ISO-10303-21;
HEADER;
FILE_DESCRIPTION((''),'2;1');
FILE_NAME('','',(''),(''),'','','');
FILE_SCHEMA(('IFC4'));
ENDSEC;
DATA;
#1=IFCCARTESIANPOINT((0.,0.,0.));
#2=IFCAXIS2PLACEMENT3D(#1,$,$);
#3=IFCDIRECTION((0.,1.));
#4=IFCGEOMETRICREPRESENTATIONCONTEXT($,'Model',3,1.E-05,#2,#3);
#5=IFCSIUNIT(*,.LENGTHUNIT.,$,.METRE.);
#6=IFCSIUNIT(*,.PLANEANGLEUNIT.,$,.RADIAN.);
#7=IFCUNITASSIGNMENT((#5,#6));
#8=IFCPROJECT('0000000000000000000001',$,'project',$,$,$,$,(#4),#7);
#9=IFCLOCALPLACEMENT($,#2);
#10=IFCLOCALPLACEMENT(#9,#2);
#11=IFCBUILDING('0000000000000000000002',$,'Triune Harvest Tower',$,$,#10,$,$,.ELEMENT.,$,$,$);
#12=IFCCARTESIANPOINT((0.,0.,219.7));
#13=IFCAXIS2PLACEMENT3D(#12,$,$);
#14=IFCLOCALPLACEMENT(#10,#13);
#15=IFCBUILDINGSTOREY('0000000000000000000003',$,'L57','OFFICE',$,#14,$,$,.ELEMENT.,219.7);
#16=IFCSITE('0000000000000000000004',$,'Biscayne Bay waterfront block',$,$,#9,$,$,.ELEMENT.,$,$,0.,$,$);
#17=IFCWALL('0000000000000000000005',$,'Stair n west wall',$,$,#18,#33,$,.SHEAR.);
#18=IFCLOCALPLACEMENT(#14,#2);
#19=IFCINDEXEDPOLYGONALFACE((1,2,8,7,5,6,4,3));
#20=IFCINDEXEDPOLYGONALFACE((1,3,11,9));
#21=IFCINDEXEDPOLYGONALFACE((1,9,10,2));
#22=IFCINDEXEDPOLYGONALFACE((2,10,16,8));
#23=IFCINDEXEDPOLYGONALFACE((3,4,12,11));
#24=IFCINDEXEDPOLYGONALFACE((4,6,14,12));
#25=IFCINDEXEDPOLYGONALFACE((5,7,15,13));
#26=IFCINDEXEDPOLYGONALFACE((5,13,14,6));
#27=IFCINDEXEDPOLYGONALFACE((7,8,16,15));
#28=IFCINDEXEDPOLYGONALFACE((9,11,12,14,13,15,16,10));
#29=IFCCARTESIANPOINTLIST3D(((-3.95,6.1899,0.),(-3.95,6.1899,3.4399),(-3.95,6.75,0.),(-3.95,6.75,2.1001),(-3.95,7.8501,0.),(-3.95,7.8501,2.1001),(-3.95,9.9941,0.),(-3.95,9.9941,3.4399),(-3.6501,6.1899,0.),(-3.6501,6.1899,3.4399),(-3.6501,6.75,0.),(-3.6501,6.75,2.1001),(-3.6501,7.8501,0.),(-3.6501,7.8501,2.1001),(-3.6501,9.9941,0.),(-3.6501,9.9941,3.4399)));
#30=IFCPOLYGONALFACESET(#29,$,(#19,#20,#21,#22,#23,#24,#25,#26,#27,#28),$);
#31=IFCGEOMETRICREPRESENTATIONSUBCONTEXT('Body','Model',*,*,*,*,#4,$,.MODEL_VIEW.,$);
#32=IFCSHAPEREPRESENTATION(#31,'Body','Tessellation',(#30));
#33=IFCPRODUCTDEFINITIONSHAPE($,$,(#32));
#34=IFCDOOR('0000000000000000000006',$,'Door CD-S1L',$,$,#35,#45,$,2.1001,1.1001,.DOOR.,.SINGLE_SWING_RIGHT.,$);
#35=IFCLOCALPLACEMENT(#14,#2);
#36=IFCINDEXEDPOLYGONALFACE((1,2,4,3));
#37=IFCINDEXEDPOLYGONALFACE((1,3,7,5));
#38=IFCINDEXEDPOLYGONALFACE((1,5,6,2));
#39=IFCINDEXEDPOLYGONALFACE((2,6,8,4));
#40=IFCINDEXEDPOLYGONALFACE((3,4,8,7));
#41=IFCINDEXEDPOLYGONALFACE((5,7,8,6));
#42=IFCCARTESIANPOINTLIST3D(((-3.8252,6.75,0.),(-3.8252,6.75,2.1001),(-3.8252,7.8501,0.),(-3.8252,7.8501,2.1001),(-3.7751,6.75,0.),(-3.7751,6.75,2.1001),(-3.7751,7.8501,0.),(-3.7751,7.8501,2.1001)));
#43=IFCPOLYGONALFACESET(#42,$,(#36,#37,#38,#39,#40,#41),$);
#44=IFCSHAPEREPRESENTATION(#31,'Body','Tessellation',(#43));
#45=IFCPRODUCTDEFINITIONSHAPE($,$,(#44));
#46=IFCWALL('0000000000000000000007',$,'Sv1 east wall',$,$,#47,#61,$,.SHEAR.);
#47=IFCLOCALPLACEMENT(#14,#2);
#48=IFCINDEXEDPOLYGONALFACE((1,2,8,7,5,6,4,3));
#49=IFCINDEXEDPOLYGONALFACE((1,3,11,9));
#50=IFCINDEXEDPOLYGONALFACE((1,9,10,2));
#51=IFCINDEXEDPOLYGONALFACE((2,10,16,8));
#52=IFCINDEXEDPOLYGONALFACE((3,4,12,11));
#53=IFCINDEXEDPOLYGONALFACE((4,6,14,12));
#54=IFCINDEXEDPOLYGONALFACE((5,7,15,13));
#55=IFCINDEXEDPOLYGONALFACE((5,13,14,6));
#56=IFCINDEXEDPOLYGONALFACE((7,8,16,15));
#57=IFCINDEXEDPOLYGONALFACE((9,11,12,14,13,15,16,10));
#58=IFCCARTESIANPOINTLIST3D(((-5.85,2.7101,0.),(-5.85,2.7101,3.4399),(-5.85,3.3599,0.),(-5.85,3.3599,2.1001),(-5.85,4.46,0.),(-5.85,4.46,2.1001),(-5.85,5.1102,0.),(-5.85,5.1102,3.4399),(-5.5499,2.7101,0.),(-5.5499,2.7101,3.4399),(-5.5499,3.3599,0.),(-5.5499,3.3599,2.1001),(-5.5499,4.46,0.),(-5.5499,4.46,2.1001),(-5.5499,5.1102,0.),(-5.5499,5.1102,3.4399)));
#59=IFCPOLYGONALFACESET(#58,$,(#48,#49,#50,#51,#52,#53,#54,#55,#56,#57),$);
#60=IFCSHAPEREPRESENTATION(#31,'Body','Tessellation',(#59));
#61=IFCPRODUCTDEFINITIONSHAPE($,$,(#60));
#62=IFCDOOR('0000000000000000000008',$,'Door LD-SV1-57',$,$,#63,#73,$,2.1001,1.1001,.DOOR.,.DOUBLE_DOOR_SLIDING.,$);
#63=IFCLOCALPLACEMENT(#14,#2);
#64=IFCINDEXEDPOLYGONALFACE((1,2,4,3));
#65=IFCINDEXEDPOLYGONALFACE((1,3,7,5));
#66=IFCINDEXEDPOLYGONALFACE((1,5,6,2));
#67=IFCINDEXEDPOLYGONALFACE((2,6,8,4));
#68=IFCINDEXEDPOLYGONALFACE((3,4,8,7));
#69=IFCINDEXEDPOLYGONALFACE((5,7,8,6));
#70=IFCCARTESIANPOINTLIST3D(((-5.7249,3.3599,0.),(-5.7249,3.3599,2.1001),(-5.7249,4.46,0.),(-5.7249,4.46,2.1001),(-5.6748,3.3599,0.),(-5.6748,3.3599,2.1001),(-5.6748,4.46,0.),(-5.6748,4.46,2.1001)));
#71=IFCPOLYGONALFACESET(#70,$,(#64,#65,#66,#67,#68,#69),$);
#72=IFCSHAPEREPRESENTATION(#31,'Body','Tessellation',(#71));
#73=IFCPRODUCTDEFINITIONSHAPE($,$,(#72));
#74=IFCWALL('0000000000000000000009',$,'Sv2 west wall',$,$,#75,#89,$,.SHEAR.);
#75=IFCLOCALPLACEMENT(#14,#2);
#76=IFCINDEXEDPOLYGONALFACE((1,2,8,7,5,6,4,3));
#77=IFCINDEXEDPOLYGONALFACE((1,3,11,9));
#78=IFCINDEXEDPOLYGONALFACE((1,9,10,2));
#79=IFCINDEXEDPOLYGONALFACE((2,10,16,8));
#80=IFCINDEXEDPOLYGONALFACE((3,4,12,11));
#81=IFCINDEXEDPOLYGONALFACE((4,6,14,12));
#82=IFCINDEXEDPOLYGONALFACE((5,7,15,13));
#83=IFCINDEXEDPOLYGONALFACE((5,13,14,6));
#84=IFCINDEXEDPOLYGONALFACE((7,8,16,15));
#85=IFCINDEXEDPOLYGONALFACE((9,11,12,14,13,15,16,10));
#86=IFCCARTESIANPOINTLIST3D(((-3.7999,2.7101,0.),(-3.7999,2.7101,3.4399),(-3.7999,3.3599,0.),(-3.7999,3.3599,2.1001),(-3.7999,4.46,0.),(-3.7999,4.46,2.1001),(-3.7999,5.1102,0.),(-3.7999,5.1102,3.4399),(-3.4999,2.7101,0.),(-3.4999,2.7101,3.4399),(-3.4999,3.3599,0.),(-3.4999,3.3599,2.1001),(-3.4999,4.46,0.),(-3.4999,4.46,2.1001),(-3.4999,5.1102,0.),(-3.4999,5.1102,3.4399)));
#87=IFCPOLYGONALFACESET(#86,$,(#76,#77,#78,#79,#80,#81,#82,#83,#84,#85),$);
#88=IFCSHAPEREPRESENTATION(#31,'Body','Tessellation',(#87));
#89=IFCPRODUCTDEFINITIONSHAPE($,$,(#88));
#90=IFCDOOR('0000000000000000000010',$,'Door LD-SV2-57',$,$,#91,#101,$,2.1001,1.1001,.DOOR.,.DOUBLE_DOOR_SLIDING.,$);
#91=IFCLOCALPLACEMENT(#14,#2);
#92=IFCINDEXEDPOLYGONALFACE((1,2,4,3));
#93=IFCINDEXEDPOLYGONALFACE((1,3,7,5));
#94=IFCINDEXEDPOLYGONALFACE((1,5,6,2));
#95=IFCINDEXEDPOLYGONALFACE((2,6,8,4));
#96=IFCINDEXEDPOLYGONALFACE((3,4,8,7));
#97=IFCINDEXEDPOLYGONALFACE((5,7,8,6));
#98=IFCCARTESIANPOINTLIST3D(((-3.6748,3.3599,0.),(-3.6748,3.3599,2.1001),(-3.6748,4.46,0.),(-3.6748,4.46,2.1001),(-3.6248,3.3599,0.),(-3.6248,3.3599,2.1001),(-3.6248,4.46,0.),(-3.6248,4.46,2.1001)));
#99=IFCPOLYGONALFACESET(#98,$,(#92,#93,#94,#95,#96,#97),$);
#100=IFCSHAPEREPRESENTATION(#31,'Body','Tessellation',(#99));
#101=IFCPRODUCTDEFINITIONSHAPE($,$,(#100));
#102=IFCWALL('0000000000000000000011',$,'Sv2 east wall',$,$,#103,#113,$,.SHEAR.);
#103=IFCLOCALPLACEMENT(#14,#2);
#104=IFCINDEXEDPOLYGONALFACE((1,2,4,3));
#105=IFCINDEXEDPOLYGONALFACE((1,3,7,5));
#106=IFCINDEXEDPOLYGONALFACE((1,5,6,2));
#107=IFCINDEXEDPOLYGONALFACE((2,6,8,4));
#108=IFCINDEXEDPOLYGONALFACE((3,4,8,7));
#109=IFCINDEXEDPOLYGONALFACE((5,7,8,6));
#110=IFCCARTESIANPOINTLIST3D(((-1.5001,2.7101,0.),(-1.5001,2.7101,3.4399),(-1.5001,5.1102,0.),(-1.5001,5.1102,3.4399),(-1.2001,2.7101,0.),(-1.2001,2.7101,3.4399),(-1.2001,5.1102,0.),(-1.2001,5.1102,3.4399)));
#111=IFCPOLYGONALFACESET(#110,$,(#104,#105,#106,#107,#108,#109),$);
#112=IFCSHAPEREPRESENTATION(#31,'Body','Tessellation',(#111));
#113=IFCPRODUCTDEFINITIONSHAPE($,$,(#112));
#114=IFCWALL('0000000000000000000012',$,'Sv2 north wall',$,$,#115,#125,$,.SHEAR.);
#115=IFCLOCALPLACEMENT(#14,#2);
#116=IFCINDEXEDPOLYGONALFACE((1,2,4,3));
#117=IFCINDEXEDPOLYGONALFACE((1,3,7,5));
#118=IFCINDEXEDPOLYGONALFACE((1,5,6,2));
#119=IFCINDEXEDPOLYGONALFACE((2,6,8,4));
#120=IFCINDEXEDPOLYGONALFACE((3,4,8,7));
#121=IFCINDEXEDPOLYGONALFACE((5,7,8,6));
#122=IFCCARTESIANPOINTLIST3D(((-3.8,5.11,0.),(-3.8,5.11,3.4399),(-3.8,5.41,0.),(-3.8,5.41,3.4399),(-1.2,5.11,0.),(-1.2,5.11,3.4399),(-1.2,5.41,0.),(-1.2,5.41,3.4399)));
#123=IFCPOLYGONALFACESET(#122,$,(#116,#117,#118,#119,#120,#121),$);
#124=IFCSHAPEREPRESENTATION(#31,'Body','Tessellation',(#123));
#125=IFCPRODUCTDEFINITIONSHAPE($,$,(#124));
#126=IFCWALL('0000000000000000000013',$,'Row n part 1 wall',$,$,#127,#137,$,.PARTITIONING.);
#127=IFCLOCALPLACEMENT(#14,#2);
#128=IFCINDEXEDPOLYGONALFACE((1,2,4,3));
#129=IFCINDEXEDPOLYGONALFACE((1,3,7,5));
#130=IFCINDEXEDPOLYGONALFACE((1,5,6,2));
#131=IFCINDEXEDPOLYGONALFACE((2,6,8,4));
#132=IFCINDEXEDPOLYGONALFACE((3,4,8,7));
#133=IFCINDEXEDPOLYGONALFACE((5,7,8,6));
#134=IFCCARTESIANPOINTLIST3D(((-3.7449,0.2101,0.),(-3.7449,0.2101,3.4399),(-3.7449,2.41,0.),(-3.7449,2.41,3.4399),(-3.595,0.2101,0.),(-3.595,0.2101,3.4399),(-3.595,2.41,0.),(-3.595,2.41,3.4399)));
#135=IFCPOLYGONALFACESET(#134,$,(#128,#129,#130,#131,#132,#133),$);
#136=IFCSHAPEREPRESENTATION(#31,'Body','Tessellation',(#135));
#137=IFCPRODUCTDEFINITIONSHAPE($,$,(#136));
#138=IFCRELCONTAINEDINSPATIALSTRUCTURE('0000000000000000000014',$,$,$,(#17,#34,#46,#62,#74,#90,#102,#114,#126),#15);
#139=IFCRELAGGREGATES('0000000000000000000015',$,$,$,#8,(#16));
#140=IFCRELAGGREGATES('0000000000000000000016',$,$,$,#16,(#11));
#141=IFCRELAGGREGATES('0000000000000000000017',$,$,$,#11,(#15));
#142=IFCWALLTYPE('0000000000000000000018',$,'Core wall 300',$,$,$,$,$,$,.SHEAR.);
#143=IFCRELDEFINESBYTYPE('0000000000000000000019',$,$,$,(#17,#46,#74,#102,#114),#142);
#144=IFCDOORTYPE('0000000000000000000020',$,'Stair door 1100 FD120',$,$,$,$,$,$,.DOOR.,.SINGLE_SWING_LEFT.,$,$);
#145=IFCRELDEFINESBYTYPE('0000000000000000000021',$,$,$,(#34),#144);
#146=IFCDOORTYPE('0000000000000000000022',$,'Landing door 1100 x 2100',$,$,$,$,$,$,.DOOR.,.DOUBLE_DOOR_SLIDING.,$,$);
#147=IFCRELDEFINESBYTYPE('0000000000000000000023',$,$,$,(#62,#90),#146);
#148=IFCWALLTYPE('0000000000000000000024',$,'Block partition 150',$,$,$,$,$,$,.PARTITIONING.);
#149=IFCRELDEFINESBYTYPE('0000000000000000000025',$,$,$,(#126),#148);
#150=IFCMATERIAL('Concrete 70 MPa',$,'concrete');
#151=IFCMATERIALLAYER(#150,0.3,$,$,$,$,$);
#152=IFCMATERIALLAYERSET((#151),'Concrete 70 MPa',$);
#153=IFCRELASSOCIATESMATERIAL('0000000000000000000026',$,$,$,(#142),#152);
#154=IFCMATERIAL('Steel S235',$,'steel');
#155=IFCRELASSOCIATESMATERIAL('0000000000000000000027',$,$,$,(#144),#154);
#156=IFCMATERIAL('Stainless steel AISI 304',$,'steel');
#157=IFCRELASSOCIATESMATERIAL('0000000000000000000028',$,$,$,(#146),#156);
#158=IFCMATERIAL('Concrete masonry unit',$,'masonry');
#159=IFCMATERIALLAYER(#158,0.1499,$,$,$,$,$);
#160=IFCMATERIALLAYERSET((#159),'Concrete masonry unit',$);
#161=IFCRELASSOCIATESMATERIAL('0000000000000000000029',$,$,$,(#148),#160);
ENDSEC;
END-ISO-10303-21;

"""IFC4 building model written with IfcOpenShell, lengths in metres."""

from ifc_helpers import new_model, si_unit, direction, frame, frame_2d, origin, place, context, subcontext, project, spatial, polyline, rectangle, outline, extrude, source, transform, mapped, material, layer, layer_set, type_object, element, fill, save


model = new_model("IFC4")

# Units and contexts
model_context = context("Model", 3, precision=1e-05, world=origin(), true_north=direction((0.0, 1.0)))
body_context = subcontext(model_context, "Body", "Model", "MODEL_VIEW")
ifc_project = project(units=[si_unit("LENGTHUNIT", "METRE"), si_unit("PLANEANGLEUNIT", "RADIAN")], contexts=[model_context])

# Site, building, storey
site_placement = place(None, origin())
site = spatial("IfcSite", under=ifc_project, at=site_placement, Name="Biscayne Bay waterfront block", CompositionType="ELEMENT", RefElevation=0.0)
building_placement = place(site_placement, origin())
building = spatial("IfcBuilding", under=site, at=building_placement, Name="Triune Harvest Tower", CompositionType="ELEMENT")
storey_placement = place(building_placement, frame((0.0, 0.0, 219.7)))
storey = spatial("IfcBuildingStorey", under=building, at=storey_placement, Name="L57", Description="OFFICE", CompositionType="ELEMENT", Elevation=219.7)

# Shared definitions
ifc_material_1 = material(Name="Concrete 70 MPa", Category="concrete")
ifc_layer_1 = layer(ifc_material_1, 0.3)
ifc_layer_set_1 = layer_set([ifc_layer_1], Name="Concrete 70 MPa")
wall_type_1 = type_object("IfcWallType", Name="Core wall 300", PredefinedType="SHEAR", material=ifc_layer_set_1)

# Walls, openings, doors
shared_shape_1 = source(origin(), body_context, "Body", "SweptSolid", [
    extrude(outline(polyline([(0.0, -0.1499), (0.0, 0.1499), (3.8042, 0.1499), (3.8042, -0.1499), (0.0, -0.1499)])), origin(), (0.0, 0.0, 1.0), 3.4399),
])
wall_1_placement = place(storey_placement, frame((-3.8, 6.1899, 0.0), z_axis=(0.0, 0.0, 1.0), x_axis=(0.0, 1.0, 0.0)))
wall_1 = element("IfcWall", 1, at=wall_1_placement, inside=storey, type_object=wall_type_1, Name="Stair n west wall", PredefinedType="SHEAR", context=body_context, shape_type="MappedRepresentation", body=[
    mapped(shared_shape_1, transform((0.0, 0.0, 0.0), scale=1.0)),
])
opening_1_placement = place(wall_1_placement, frame((0.5601, 0.0, 0.0)))
opening_1 = element("IfcOpeningElement", 2, at=opening_1_placement, cuts=wall_1, PredefinedType="OPENING", context=body_context, shape_type="SweptSolid", body=[
    extrude(rectangle(XDim=1.1001, YDim=2.1001, at=frame_2d((0.55, 1.05))), frame((0.0, 0.1602, 0.0), z_axis=(0.0, -1.0, 0.0), x_axis=(1.0, 0.0, 0.0)), (0.0, 0.0, 1.0), 0.3201),
])
ifc_material_2 = material(Name="Steel S235", Category="steel")
door_type_1 = type_object("IfcDoorType", Name="Stair door 1100 FD120", OperationType="SINGLE_SWING_LEFT", PredefinedType="DOOR", material=ifc_material_2)
door_1_placement = place(opening_1_placement, frame((1.1001, 0.0, 0.0), z_axis=(0.0, 0.0, 1.0), x_axis=(-1.0, 0.0, 0.0)))
door_1 = element("IfcDoor", 3, at=door_1_placement, inside=storey, type_object=door_type_1, Name="Door CD-S1L", OperationType="SINGLE_SWING_RIGHT", OverallHeight=2.1001, OverallWidth=1.1001, PredefinedType="DOOR", context=body_context, shape_type="SweptSolid", body=[
    extrude(rectangle(XDim=1.1001, YDim=2.1001, at=frame_2d((0.55, 1.05))), frame((0.0, 0.0249, 0.0), z_axis=(0.0, -1.0, 0.0), x_axis=(1.0, 0.0, 0.0)), (0.0, 0.0, 1.0), 0.05),
])
fill(opening_1, door_1)
shared_shape_2 = source(origin(), body_context, "Body", "SweptSolid", [
    extrude(rectangle(XDim=2.4001, YDim=0.3, at=frame_2d((1.2002, 0.0))), origin(), (0.0, 0.0, 1.0), 3.4399),
])
wall_2_placement = place(storey_placement, frame((-5.7, 2.71, 0.0), z_axis=(0.0, 0.0, 1.0), x_axis=(0.0, 1.0, 0.0)))
wall_2 = element("IfcWall", 4, at=wall_2_placement, inside=storey, type_object=wall_type_1, Name="Sv1 east wall", PredefinedType="SHEAR", context=body_context, shape_type="MappedRepresentation", body=[
    mapped(shared_shape_2, transform((0.0, 0.0, 0.0), scale=1.0)),
])
opening_2_placement = place(wall_2_placement, frame((0.6499, 0.0, 0.0)))
opening_2 = element("IfcOpeningElement", 5, at=opening_2_placement, cuts=wall_2, PredefinedType="OPENING", context=body_context, shape_type="SweptSolid", body=[
    extrude(rectangle(XDim=1.1001, YDim=2.1001, at=frame_2d((0.55, 1.05))), frame((0.0, 0.1602, 0.0), z_axis=(0.0, -1.0, 0.0), x_axis=(1.0, 0.0, 0.0)), (0.0, 0.0, 1.0), 0.3201),
])
ifc_material_3 = material(Name="Stainless steel AISI 304", Category="steel")
door_type_2 = type_object("IfcDoorType", Name="Landing door 1100 x 2100", OperationType="DOUBLE_DOOR_SLIDING", PredefinedType="DOOR", material=ifc_material_3)
door_2_placement = place(opening_2_placement, origin())
door_2 = element("IfcDoor", 6, at=door_2_placement, inside=storey, type_object=door_type_2, Name="Door LD-SV1-57", OperationType="DOUBLE_DOOR_SLIDING", OverallHeight=2.1001, OverallWidth=1.1001, PredefinedType="DOOR", context=body_context, shape_type="SweptSolid", body=[
    extrude(rectangle(XDim=1.1001, YDim=2.1001, at=frame_2d((0.55, 1.05))), frame((0.0, 0.0249, 0.0), z_axis=(0.0, -1.0, 0.0), x_axis=(1.0, 0.0, 0.0)), (0.0, 0.0, 1.0), 0.05),
])
fill(opening_2, door_2)
wall_3_placement = place(storey_placement, frame((-3.6499, 2.71, 0.0), z_axis=(0.0, 0.0, 1.0), x_axis=(0.0, 1.0, 0.0)))
wall_3 = element("IfcWall", 7, at=wall_3_placement, inside=storey, type_object=wall_type_1, Name="Sv2 west wall", PredefinedType="SHEAR", context=body_context, shape_type="MappedRepresentation", body=[
    mapped(shared_shape_2, transform((0.0, 0.0, 0.0), scale=1.0)),
])
opening_3_placement = place(wall_3_placement, frame((0.6499, 0.0, 0.0)))
opening_3 = element("IfcOpeningElement", 8, at=opening_3_placement, cuts=wall_3, PredefinedType="OPENING", context=body_context, shape_type="SweptSolid", body=[
    extrude(rectangle(XDim=1.1001, YDim=2.1001, at=frame_2d((0.55, 1.05))), frame((0.0, 0.1602, 0.0), z_axis=(0.0, -1.0, 0.0), x_axis=(1.0, 0.0, 0.0)), (0.0, 0.0, 1.0), 0.3201),
])
door_3_placement = place(opening_3_placement, origin())
door_3 = element("IfcDoor", 9, at=door_3_placement, inside=storey, type_object=door_type_2, Name="Door LD-SV2-57", OperationType="DOUBLE_DOOR_SLIDING", OverallHeight=2.1001, OverallWidth=1.1001, PredefinedType="DOOR", context=body_context, shape_type="SweptSolid", body=[
    extrude(rectangle(XDim=1.1001, YDim=2.1001, at=frame_2d((0.55, 1.05))), frame((0.0, 0.0249, 0.0), z_axis=(0.0, -1.0, 0.0), x_axis=(1.0, 0.0, 0.0)), (0.0, 0.0, 1.0), 0.05),
])
fill(opening_3, door_3)

# Walls
wall_4_placement = place(storey_placement, frame((-1.3501, 2.71, 0.0), z_axis=(0.0, 0.0, 1.0), x_axis=(0.0, 1.0, 0.0)))
element("IfcWall", 10, at=wall_4_placement, inside=storey, type_object=wall_type_1, Name="Sv2 east wall", PredefinedType="SHEAR", context=body_context, shape_type="MappedRepresentation", body=[
    mapped(shared_shape_2, transform((0.0, 0.0, 0.0), scale=1.0)),
])
shared_shape_3 = source(origin(), body_context, "Body", "SweptSolid", [
    extrude(rectangle(XDim=2.6001, YDim=0.3, at=frame_2d((1.3, 0.0))), origin(), (0.0, 0.0, 1.0), 3.4399),
])
wall_5_placement = place(storey_placement, frame((-3.8, 5.26, 0.0), z_axis=(0.0, 0.0, 1.0), x_axis=(1.0, 0.0, 0.0)))
element("IfcWall", 11, at=wall_5_placement, inside=storey, type_object=wall_type_1, Name="Sv2 north wall", PredefinedType="SHEAR", context=body_context, shape_type="MappedRepresentation", body=[
    mapped(shared_shape_3, transform((0.0, 0.0, 0.0), scale=1.0)),
])
ifc_material_4 = material(Name="Concrete masonry unit", Category="masonry")
ifc_layer_2 = layer(ifc_material_4, 0.1499)
ifc_layer_set_2 = layer_set([ifc_layer_2], Name="Concrete masonry unit")
wall_type_2 = type_object("IfcWallType", Name="Block partition 150", PredefinedType="PARTITIONING", material=ifc_layer_set_2)
shared_shape_4 = source(origin(), body_context, "Body", "SweptSolid", [
    extrude(rectangle(XDim=2.2, YDim=0.1499, at=frame_2d((1.1001, 0.0))), origin(), (0.0, 0.0, 1.0), 3.4399),
])
wall_6_placement = place(storey_placement, frame((-3.6699, 0.21, 0.0), z_axis=(0.0, 0.0, 1.0), x_axis=(0.0, 1.0, 0.0)))
element("IfcWall", 12, at=wall_6_placement, inside=storey, type_object=wall_type_2, Name="Row n part 1 wall", PredefinedType="PARTITIONING", context=body_context, shape_type="MappedRepresentation", body=[
    mapped(shared_shape_4, transform((0.0, 0.0, 0.0), scale=1.0)),
])

save(model, "model.ifc")
